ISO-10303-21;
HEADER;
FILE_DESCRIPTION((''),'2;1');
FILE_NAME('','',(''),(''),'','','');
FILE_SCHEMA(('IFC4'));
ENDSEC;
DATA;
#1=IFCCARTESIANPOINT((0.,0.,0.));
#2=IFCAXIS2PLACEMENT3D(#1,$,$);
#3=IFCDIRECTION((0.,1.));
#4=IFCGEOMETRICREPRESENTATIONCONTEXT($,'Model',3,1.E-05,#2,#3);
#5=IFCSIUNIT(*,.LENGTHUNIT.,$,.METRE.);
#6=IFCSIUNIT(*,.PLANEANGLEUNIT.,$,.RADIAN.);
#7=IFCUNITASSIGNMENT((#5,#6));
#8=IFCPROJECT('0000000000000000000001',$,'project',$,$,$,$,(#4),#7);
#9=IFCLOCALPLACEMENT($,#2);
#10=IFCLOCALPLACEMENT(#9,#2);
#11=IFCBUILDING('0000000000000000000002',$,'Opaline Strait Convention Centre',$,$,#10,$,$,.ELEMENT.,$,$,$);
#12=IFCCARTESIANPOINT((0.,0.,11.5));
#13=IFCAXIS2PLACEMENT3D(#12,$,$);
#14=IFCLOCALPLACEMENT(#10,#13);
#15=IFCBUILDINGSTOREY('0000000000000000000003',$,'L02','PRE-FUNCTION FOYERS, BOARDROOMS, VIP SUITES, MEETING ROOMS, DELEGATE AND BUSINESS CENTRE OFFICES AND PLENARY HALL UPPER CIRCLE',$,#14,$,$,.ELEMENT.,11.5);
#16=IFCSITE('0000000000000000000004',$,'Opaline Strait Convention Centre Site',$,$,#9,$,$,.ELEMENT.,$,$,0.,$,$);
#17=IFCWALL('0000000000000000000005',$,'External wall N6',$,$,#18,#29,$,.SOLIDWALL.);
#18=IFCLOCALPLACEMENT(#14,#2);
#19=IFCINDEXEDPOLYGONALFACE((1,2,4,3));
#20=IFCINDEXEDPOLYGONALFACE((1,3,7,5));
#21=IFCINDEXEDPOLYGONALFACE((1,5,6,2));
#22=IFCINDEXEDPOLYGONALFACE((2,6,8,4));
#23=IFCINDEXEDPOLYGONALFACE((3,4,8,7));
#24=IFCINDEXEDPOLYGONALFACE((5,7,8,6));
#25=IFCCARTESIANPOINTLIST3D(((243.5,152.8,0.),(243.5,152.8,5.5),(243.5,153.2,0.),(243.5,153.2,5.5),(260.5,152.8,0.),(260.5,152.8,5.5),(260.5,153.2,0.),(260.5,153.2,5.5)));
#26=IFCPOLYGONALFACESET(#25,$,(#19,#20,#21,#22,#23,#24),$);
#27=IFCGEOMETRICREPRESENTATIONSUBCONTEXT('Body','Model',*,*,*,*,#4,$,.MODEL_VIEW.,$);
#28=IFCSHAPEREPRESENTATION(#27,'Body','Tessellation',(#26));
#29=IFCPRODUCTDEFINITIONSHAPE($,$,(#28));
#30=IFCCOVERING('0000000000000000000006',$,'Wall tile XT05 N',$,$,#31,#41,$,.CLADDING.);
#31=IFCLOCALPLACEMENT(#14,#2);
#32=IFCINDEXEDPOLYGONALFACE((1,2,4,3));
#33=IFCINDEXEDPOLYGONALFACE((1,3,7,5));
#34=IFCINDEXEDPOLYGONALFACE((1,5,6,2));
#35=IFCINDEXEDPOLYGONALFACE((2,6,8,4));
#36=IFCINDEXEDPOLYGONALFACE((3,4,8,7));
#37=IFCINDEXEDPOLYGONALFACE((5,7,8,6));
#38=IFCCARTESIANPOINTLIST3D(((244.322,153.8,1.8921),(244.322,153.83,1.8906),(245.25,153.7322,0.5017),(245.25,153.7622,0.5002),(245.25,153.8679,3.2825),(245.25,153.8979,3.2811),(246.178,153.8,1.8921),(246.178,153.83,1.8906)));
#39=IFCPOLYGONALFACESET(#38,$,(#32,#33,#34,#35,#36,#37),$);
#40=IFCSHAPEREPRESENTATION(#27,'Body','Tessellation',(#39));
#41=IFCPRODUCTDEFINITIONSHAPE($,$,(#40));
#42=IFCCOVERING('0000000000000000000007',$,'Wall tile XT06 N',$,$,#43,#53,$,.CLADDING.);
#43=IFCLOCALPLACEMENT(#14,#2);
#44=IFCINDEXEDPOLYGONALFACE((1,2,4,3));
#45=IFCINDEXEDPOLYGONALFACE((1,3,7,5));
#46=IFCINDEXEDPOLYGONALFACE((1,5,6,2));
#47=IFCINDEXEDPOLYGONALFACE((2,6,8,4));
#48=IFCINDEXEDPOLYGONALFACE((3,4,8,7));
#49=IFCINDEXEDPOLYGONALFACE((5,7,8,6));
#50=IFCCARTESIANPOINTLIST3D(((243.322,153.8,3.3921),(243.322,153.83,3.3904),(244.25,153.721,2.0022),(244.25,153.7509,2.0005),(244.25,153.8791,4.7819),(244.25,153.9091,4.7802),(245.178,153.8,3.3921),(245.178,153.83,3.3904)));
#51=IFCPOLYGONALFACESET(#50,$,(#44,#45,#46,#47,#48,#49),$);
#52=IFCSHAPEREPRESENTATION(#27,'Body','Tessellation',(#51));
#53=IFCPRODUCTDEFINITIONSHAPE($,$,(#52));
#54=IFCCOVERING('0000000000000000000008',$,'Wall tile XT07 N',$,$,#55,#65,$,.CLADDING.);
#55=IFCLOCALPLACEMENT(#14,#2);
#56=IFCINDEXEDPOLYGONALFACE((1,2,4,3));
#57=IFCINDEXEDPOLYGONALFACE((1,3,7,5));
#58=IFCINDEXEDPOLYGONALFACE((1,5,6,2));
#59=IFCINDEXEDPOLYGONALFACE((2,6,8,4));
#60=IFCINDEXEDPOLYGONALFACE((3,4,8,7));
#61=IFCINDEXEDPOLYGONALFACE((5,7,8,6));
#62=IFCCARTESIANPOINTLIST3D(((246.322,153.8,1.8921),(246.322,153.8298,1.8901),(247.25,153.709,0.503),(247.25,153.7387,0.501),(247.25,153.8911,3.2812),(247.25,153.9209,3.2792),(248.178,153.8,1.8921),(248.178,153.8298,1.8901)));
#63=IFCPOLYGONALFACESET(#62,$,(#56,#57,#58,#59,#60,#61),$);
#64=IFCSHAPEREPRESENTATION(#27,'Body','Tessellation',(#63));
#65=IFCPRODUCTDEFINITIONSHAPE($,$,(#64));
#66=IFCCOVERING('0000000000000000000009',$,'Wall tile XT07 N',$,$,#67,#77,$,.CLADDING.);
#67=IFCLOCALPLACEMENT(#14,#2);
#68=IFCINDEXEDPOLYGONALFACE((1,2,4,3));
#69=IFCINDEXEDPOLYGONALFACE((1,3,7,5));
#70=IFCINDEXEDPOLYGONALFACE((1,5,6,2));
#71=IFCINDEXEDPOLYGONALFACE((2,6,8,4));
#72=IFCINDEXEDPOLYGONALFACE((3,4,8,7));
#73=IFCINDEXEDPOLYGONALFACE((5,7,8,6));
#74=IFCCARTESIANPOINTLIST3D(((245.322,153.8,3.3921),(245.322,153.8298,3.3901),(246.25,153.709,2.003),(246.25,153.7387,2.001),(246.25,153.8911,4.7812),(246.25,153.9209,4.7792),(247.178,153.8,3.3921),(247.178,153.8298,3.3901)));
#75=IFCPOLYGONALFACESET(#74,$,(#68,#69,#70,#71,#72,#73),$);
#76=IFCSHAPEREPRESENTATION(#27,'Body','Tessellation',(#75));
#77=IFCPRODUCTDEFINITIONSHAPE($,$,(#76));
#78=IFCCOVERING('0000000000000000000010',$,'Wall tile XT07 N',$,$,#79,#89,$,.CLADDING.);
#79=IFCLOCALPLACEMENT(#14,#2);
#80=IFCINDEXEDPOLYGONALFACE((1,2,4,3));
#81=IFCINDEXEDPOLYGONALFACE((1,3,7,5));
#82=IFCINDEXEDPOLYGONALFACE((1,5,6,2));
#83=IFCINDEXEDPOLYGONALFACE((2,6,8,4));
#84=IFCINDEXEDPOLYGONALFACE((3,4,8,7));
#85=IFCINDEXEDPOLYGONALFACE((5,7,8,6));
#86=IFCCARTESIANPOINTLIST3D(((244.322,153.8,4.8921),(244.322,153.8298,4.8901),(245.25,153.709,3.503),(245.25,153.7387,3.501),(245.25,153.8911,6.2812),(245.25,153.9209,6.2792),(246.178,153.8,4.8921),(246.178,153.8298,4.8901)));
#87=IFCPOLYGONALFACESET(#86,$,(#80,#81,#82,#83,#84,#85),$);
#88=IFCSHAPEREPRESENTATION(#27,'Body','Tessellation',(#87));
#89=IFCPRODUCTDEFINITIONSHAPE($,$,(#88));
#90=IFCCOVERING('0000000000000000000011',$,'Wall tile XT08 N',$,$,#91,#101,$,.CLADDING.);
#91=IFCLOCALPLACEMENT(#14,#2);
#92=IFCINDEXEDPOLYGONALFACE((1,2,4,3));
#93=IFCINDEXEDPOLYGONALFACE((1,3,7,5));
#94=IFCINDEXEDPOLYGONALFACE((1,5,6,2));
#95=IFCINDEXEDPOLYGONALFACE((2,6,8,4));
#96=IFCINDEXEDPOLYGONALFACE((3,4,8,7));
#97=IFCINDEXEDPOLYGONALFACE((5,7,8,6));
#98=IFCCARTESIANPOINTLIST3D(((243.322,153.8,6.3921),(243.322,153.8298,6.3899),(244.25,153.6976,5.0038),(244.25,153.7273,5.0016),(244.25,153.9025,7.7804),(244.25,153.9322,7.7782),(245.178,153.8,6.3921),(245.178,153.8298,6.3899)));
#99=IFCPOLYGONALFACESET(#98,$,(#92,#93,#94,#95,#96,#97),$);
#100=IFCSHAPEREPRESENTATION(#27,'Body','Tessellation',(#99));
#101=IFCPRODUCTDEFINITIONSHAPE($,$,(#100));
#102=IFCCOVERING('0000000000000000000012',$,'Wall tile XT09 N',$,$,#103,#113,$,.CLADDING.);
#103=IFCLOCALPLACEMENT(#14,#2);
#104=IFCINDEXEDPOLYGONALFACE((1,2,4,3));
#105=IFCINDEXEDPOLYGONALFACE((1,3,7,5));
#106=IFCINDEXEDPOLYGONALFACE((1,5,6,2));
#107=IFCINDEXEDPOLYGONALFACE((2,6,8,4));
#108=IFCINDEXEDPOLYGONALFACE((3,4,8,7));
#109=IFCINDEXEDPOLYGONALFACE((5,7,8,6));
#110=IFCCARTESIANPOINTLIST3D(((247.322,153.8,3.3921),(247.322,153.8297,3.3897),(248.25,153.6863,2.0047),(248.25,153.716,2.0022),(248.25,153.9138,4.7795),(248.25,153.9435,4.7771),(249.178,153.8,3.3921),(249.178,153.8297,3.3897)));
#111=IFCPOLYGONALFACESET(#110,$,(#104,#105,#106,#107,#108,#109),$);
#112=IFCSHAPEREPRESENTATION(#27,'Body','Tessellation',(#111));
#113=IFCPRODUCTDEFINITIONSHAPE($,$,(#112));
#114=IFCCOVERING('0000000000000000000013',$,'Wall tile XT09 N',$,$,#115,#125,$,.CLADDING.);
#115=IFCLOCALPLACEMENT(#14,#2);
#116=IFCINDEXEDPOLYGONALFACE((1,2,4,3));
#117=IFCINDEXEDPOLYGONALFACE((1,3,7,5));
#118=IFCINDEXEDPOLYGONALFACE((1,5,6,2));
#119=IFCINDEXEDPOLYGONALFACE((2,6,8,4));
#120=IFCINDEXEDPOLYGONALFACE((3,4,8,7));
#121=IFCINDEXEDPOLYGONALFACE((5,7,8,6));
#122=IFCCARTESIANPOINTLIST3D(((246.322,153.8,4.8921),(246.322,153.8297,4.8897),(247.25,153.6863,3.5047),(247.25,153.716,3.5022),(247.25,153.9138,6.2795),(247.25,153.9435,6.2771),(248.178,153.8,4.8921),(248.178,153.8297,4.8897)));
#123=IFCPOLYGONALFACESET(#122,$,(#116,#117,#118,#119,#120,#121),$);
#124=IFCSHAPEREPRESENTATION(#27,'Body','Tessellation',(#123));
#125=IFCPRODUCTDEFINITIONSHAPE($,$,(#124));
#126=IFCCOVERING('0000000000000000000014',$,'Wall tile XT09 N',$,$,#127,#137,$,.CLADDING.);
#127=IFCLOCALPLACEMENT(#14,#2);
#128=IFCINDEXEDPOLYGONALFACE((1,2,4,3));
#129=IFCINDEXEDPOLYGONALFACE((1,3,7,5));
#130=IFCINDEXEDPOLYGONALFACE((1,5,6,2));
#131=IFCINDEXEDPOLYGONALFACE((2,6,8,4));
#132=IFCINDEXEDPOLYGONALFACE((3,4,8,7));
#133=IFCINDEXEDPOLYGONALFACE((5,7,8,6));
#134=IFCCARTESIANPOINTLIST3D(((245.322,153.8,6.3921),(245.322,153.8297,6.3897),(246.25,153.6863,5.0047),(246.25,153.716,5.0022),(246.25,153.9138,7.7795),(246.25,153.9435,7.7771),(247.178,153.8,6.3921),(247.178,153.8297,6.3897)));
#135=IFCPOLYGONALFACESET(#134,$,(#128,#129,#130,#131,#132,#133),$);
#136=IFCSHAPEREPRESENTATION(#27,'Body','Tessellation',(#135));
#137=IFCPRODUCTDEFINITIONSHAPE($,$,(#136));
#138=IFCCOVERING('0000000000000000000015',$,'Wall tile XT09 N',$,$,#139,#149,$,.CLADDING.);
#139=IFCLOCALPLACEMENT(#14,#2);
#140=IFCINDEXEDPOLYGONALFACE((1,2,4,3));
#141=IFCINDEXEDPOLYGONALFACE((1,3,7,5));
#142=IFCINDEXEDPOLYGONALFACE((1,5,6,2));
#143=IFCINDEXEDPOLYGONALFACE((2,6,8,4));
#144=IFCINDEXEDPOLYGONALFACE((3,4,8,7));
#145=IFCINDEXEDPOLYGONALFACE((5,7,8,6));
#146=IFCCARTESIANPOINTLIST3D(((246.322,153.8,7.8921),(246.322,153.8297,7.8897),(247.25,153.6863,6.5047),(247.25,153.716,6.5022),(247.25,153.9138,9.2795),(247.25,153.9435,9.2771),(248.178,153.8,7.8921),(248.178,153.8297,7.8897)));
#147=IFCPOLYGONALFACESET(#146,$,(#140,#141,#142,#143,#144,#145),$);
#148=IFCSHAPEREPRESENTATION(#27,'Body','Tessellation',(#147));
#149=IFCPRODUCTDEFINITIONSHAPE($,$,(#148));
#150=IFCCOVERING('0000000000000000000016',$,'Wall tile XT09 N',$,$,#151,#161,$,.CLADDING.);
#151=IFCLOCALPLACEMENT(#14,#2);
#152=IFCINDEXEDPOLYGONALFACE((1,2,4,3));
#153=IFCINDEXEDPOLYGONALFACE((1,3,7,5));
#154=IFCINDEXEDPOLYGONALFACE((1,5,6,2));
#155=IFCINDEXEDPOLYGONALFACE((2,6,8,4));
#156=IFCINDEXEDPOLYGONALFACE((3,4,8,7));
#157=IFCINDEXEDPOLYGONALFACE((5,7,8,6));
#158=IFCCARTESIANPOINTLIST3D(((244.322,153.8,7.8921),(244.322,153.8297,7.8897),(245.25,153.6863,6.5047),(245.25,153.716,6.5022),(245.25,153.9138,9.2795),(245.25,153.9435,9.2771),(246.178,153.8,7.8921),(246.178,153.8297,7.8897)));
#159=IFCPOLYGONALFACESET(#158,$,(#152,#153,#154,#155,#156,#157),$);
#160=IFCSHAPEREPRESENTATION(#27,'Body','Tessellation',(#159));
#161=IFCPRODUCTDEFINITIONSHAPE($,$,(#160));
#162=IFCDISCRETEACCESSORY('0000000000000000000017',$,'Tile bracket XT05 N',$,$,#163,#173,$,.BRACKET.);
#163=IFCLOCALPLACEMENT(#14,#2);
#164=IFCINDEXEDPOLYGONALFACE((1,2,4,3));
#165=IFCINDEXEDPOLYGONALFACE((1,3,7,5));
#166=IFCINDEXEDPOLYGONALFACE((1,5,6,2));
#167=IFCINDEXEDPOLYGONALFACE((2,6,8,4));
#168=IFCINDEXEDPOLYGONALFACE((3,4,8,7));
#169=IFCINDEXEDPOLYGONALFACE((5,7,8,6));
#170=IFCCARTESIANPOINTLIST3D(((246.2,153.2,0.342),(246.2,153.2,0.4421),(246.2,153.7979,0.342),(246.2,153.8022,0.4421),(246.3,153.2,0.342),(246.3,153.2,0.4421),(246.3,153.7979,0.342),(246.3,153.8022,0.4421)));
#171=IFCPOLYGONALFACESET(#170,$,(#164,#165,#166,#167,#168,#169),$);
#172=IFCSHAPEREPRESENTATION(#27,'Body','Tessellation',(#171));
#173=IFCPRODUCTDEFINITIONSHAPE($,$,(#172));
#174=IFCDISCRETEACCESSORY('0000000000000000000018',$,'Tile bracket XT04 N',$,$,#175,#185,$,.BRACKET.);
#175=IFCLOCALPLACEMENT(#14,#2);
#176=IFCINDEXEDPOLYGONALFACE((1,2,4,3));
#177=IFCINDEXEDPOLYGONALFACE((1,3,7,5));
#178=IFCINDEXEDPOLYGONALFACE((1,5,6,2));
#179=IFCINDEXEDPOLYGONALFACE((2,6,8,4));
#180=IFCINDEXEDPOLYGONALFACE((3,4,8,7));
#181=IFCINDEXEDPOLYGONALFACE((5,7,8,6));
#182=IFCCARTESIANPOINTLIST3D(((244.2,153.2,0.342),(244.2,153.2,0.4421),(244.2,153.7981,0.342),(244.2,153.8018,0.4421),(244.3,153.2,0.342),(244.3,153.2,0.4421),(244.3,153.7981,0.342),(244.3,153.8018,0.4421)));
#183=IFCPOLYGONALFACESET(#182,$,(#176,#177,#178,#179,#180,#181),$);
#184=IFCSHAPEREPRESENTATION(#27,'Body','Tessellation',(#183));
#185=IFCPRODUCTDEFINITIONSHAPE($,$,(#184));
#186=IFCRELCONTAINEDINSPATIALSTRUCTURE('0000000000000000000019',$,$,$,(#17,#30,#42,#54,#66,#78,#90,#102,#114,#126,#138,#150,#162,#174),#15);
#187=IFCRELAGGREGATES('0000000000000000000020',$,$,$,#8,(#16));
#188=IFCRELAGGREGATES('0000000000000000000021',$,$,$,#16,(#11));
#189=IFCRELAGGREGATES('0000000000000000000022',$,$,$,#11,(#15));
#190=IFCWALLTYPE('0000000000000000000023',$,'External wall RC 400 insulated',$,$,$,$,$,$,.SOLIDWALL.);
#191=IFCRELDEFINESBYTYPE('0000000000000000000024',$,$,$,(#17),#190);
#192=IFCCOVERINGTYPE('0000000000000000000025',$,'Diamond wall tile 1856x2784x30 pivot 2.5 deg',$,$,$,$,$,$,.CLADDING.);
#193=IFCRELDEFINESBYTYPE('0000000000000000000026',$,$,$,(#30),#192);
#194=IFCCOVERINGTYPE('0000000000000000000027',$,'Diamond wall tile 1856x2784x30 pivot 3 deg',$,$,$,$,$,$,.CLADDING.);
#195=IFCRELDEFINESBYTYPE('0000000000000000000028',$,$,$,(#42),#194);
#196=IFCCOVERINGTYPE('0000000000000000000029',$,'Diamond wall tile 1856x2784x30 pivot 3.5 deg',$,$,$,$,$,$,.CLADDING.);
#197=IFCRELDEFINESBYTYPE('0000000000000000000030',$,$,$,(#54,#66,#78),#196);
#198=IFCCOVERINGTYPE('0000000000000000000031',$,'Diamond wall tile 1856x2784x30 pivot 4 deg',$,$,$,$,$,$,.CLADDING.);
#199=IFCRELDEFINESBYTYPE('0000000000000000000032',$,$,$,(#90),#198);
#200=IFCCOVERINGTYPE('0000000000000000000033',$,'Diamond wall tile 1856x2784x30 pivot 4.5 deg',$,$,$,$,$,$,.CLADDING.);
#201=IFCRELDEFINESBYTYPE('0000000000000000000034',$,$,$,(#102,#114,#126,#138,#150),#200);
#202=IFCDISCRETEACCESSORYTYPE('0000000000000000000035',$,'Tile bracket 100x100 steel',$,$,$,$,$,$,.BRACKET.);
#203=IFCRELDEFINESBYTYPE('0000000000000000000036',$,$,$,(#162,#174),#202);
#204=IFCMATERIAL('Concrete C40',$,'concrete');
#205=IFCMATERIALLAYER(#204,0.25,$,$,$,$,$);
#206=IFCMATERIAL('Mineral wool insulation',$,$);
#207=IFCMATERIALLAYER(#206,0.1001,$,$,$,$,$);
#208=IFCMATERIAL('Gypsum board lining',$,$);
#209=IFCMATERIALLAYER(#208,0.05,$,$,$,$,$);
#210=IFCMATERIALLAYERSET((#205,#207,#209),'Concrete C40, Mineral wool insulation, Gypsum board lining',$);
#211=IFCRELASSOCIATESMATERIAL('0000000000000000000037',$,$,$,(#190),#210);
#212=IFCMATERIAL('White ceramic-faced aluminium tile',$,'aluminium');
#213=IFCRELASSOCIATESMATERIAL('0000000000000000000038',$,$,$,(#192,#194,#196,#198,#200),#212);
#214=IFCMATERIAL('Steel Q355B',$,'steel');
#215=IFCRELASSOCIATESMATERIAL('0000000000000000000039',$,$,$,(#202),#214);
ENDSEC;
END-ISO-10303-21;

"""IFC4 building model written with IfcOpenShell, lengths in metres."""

from ifc_helpers import new_model, si_unit, direction, frame, frame_2d, origin, place, context, subcontext, project, spatial, polyline, rectangle, outline, extrude, material, layer, layer_set, material_profile, profile_set, type_object, element, save


model = new_model("IFC4")

# Units and contexts
model_context = context("Model", 3, precision=1e-05, world=origin(), true_north=direction((0.0, 1.0)))
body_context = subcontext(model_context, "Body", "Model", "MODEL_VIEW")
ifc_project = project(units=[si_unit("LENGTHUNIT", "METRE"), si_unit("PLANEANGLEUNIT", "RADIAN")], contexts=[model_context])

# Site, building, storey
site_placement = place(None, origin())
site = spatial("IfcSite", under=ifc_project, at=site_placement, Name="Opaline Strait Convention Centre Site", CompositionType="ELEMENT", RefElevation=0.0)
building_placement = place(site_placement, origin())
building = spatial("IfcBuilding", under=site, at=building_placement, Name="Opaline Strait Convention Centre", CompositionType="ELEMENT")
storey_placement = place(building_placement, frame((0.0, 0.0, 11.5)))
storey = spatial("IfcBuildingStorey", under=building, at=storey_placement, Name="L02", Description="PRE-FUNCTION FOYERS, BOARDROOMS, VIP SUITES, MEETING ROOMS, DELEGATE AND BUSINESS CENTRE OFFICES AND PLENARY HALL UPPER CIRCLE", CompositionType="ELEMENT", Elevation=11.5)

# Wall
ifc_material_1 = material(Name="Concrete C40", Category="concrete")
ifc_layer_1 = layer(ifc_material_1, 0.25)
ifc_material_2 = material(Name="Mineral wool insulation")
ifc_layer_2 = layer(ifc_material_2, 0.1001)
ifc_material_3 = material(Name="Gypsum board lining")
ifc_layer_3 = layer(ifc_material_3, 0.05)
ifc_layer_set = layer_set([ifc_layer_1, ifc_layer_2, ifc_layer_3], Name="Concrete C40, Mineral wool insulation, Gypsum board lining")
wall_type = type_object("IfcWallType", Name="External wall RC 400 insulated", PredefinedType="SOLIDWALL", material=ifc_layer_set)
wall_placement = place(storey_placement, frame((243.5, 153.0, 0.0), z_axis=(0.0, 0.0, 1.0), x_axis=(1.0, 0.0, 0.0)))
element("IfcWall", 1, at=wall_placement, inside=storey, type_object=wall_type, Name="External wall N6", PredefinedType="SOLIDWALL", context=body_context, shape_type="SweptSolid", body=[
    extrude(rectangle(XDim=17.0, YDim=0.3999, at=frame_2d((8.5, 0.0))), origin(), (0.0, 0.0, 1.0), 5.5),
])

# Coverings
ifc_material_4 = material(Name="White ceramic-faced aluminium tile", Category="aluminium")
ifc_material_profile_1 = material_profile(ifc_material_4, outline(polyline([(0.928, 0.0), (0.0, 1.3921), (-0.928, 0.0), (0.0, -1.3921), (0.928, 0.0)])), Name="Diamond tile 1856x2784")
ifc_profile_set_1 = profile_set([ifc_material_profile_1], Name="White ceramic-faced aluminium tile")
covering_type_1 = type_object("IfcCoveringType", Name="Diamond wall tile 1856x2784x30 pivot 2.5 deg", PredefinedType="CLADDING", material=ifc_profile_set_1)
covering_1_placement = place(storey_placement, frame((245.25, 153.8, 1.8921), z_axis=(0.0, 0.998812, -0.048723), x_axis=(-1.0, 0.0, 0.0)))
element("IfcCovering", 2, at=covering_1_placement, inside=storey, type_object=covering_type_1, Name="Wall tile XT05 N", PredefinedType="CLADDING", context=body_context, shape_type="SweptSolid", body=[
    extrude(outline(polyline([(0.928, 0.0), (0.0, 1.3921), (-0.928, 0.0), (0.0, -1.3921), (0.928, 0.0)])), origin(), (0.0, 0.0, 1.0), 0.03),
])
ifc_material_profile_2 = material_profile(ifc_material_4, outline(polyline([(0.928, 0.0), (0.0, 1.3921), (-0.928, 0.0), (0.0, -1.3921), (0.928, 0.0)])), Name="Diamond tile 1856x2784")
ifc_profile_set_2 = profile_set([ifc_material_profile_2], Name="White ceramic-faced aluminium tile")
covering_type_2 = type_object("IfcCoveringType", Name="Diamond wall tile 1856x2784x30 pivot 3 deg", PredefinedType="CLADDING", material=ifc_profile_set_2)
covering_2_placement = place(storey_placement, frame((244.25, 153.8, 3.3921), z_axis=(0.0, 0.998385, -0.056819), x_axis=(-1.0, 0.0, 0.0)))
element("IfcCovering", 3, at=covering_2_placement, inside=storey, type_object=covering_type_2, Name="Wall tile XT06 N", PredefinedType="CLADDING", context=body_context, shape_type="SweptSolid", body=[
    extrude(outline(polyline([(0.928, 0.0), (0.0, 1.3921), (-0.928, 0.0), (0.0, -1.3921), (0.928, 0.0)])), origin(), (0.0, 0.0, 1.0), 0.03),
])
ifc_material_profile_3 = material_profile(ifc_material_4, outline(polyline([(0.928, 0.0), (0.0, 1.3921), (-0.928, 0.0), (0.0, -1.3921), (0.928, 0.0)])), Name="Diamond tile 1856x2784")
ifc_profile_set_3 = profile_set([ifc_material_profile_3], Name="White ceramic-faced aluminium tile")
covering_type_3 = type_object("IfcCoveringType", Name="Diamond wall tile 1856x2784x30 pivot 3.5 deg", PredefinedType="CLADDING", material=ifc_profile_set_3)
for number, where, z_axis, x_axis, name in (
    (4, (247.25, 153.8, 1.8921), (0.0, 0.997857, -0.065433), (-1.0, 0.0, 0.0), "Wall tile XT07 N"),
    (5, (246.25, 153.8, 3.3921), (0.0, 0.997857, -0.065433), (-1.0, 0.0, 0.0), "Wall tile XT07 N"),
    (6, (245.25, 153.8, 4.8921), (0.0, 0.997857, -0.065433), (-1.0, 0.0, 0.0), "Wall tile XT07 N"),
):
    element("IfcCovering", number, at=place(storey_placement, frame(where, z_axis=z_axis, x_axis=x_axis)), inside=storey, type_object=covering_type_3, Name=name, PredefinedType="CLADDING", context=body_context, shape_type="SweptSolid", body=[
        extrude(outline(polyline([(0.928, 0.0), (0.0, 1.3921), (-0.928, 0.0), (0.0, -1.3921), (0.928, 0.0)])), origin(), (0.0, 0.0, 1.0), 0.0298),
    ])
ifc_material_profile_4 = material_profile(ifc_material_4, outline(polyline([(0.928, 0.0), (0.0, 1.3921), (-0.928, 0.0), (0.0, -1.3921), (0.928, 0.0)])), Name="Diamond tile 1856x2784")
ifc_profile_set_4 = profile_set([ifc_material_profile_4], Name="White ceramic-faced aluminium tile")
covering_type_4 = type_object("IfcCoveringType", Name="Diamond wall tile 1856x2784x30 pivot 4 deg", PredefinedType="CLADDING", material=ifc_profile_set_4)
covering_3_placement = place(storey_placement, frame((244.25, 153.8, 6.3921), z_axis=(0.0, 0.99729, -0.073571), x_axis=(-1.0, 0.0, 0.0)))
element("IfcCovering", 7, at=covering_3_placement, inside=storey, type_object=covering_type_4, Name="Wall tile XT08 N", PredefinedType="CLADDING", context=body_context, shape_type="SweptSolid", body=[
    extrude(outline(polyline([(0.928, 0.0), (0.0, 1.3921), (-0.928, 0.0), (0.0, -1.3921), (0.928, 0.0)])), origin(), (0.0, 0.0, 1.0), 0.0298),
])
ifc_material_profile_5 = material_profile(ifc_material_4, outline(polyline([(0.928, 0.0), (0.0, 1.3921), (-0.928, 0.0), (0.0, -1.3921), (0.928, 0.0)])), Name="Diamond tile 1856x2784")
ifc_profile_set_5 = profile_set([ifc_material_profile_5], Name="White ceramic-faced aluminium tile")
covering_type_5 = type_object("IfcCoveringType", Name="Diamond wall tile 1856x2784x30 pivot 4.5 deg", PredefinedType="CLADDING", material=ifc_profile_set_5)
for number, where, z_axis, x_axis, name in (
    (8, (248.25, 153.8, 3.3921), (0.0, 0.996658, -0.081693), (-1.0, 0.0, 0.0), "Wall tile XT09 N"),
    (9, (247.25, 153.8, 4.8921), (0.0, 0.996658, -0.081693), (-1.0, 0.0, 0.0), "Wall tile XT09 N"),
    (10, (246.25, 153.8, 6.3921), (0.0, 0.996658, -0.081693), (-1.0, 0.0, 0.0), "Wall tile XT09 N"),
    (11, (247.25, 153.8, 7.8921), (0.0, 0.996658, -0.081693), (-1.0, 0.0, 0.0), "Wall tile XT09 N"),
    (12, (245.25, 153.8, 7.8921), (0.0, 0.996658, -0.081693), (-1.0, 0.0, 0.0), "Wall tile XT09 N"),
):
    element("IfcCovering", number, at=place(storey_placement, frame(where, z_axis=z_axis, x_axis=x_axis)), inside=storey, type_object=covering_type_5, Name=name, PredefinedType="CLADDING", context=body_context, shape_type="SweptSolid", body=[
        extrude(outline(polyline([(0.928, 0.0), (0.0, 1.3921), (-0.928, 0.0), (0.0, -1.3921), (0.928, 0.0)])), origin(), (0.0, 0.0, 1.0), 0.0298),
    ])

# Discrete accessories
ifc_material_5 = material(Name="Steel Q355B", Category="steel")
discrete_accessory_type = type_object("IfcDiscreteAccessoryType", Name="Tile bracket 100x100 steel", PredefinedType="BRACKET", material=ifc_material_5)
discrete_accessory_1_placement = place(storey_placement, frame((246.3, 153.2, 0.3921), z_axis=(-1.0, 0.0, 0.0), x_axis=(0.0, -1.0, 0.0)))
element("IfcDiscreteAccessory", 13, at=discrete_accessory_1_placement, inside=storey, type_object=discrete_accessory_type, Name="Tile bracket XT05 N", PredefinedType="BRACKET", context=body_context, shape_type="SweptSolid", body=[
    extrude(outline(polyline([(0.0, -0.05), (0.0, 0.05), (-0.6023, 0.05), (-0.5979, -0.05), (0.0, -0.05)])), origin(), (0.0, 0.0, 1.0), 0.1001),
])
discrete_accessory_2_placement = place(storey_placement, frame((244.3, 153.2, 0.3921), z_axis=(-1.0, 0.0, 0.0), x_axis=(0.0, -1.0, 0.0)))
element("IfcDiscreteAccessory", 14, at=discrete_accessory_2_placement, inside=storey, type_object=discrete_accessory_type, Name="Tile bracket XT04 N", PredefinedType="BRACKET", context=body_context, shape_type="SweptSolid", body=[
    extrude(outline(polyline([(0.0, -0.05), (0.0, 0.05), (-0.6018, 0.05), (-0.5981, -0.05), (0.0, -0.05)])), origin(), (0.0, 0.0, 1.0), 0.1001),
])

save(model, "model.ifc")
